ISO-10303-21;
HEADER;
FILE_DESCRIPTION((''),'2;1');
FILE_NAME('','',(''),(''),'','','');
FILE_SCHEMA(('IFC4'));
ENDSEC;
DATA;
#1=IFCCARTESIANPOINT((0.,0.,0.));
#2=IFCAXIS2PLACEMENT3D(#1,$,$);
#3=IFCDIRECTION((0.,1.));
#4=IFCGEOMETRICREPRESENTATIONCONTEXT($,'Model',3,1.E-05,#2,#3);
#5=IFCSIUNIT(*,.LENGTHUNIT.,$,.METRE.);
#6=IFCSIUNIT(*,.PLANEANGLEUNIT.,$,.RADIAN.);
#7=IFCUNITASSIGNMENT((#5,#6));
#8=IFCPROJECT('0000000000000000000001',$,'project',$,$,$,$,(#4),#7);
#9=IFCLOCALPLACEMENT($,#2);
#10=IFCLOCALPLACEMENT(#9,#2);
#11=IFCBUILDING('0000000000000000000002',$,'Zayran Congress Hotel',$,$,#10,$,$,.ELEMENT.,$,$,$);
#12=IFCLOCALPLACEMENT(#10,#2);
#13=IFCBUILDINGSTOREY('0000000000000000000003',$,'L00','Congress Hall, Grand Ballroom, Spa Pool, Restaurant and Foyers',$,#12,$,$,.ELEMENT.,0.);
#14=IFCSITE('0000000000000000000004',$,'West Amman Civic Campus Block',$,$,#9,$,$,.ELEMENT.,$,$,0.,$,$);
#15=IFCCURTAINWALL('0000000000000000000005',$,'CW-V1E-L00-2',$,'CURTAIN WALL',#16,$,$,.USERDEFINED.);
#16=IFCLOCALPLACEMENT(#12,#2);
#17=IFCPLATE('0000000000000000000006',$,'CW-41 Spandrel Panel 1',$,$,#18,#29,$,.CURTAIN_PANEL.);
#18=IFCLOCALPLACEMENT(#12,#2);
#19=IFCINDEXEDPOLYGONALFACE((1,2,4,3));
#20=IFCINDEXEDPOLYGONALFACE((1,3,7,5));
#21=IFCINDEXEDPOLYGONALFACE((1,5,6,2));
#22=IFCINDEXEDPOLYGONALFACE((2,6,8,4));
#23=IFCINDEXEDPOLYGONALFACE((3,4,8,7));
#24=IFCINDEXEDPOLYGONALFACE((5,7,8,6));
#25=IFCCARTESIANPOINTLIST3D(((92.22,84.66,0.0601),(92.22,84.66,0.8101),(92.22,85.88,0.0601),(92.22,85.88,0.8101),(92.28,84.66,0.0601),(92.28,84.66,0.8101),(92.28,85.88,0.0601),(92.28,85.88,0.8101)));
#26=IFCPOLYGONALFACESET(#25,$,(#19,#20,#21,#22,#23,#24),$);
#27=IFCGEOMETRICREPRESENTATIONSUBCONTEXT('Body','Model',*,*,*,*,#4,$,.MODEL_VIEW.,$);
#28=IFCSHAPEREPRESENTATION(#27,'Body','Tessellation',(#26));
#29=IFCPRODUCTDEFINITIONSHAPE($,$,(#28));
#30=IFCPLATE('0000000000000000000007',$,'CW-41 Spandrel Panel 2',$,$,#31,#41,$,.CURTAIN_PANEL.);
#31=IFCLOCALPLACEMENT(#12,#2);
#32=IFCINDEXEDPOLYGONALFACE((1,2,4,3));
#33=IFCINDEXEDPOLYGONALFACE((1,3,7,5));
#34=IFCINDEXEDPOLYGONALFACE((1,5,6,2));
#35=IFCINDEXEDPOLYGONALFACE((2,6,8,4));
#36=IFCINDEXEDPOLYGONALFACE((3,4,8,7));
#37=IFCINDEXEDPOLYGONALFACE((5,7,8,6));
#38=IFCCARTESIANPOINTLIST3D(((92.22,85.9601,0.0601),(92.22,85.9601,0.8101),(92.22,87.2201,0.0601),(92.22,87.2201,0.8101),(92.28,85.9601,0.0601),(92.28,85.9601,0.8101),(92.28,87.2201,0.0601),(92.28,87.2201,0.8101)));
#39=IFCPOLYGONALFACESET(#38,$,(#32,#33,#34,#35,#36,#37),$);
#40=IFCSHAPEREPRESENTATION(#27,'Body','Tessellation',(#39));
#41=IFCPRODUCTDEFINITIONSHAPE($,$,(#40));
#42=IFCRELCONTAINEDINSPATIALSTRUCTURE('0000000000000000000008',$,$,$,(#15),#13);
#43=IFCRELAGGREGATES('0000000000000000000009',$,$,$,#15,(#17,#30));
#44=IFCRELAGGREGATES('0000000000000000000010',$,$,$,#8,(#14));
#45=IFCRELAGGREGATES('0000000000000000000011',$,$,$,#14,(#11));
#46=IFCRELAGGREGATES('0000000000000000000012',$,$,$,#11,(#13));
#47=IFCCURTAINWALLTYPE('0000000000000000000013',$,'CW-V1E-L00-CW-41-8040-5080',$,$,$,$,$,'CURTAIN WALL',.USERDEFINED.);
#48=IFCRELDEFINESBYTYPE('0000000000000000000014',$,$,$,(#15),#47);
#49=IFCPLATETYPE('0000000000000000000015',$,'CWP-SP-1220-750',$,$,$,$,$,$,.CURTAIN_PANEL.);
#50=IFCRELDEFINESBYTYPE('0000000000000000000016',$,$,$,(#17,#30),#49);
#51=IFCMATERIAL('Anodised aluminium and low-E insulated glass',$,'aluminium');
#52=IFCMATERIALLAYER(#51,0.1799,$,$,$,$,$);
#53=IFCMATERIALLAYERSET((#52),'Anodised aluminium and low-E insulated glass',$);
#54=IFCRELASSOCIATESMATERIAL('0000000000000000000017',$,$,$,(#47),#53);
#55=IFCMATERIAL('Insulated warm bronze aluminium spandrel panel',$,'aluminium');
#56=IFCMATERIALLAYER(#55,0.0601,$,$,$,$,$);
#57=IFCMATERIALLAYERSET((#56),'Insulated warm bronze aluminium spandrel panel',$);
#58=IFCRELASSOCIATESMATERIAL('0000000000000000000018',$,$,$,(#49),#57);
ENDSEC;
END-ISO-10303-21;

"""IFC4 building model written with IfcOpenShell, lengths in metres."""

from ifc_helpers import new_model, si_unit, direction, frame, origin, origin_2d, place, context, subcontext, project, spatial, rectangle, extrude, material, layer, layer_set, type_object, element, aggregate, save


model = new_model("IFC4")

# Units and contexts
model_context = context("Model", 3, precision=1e-05, world=origin(), true_north=direction((0.0, 1.0)))
body_context = subcontext(model_context, "Body", "Model", "MODEL_VIEW")
ifc_project = project(units=[si_unit("LENGTHUNIT", "METRE"), si_unit("PLANEANGLEUNIT", "RADIAN")], contexts=[model_context])

# Site, building, storey
site_placement = place(None, origin())
site = spatial("IfcSite", under=ifc_project, at=site_placement, Name="West Amman Civic Campus Block", CompositionType="ELEMENT", RefElevation=0.0)
building_placement = place(site_placement, origin())
building = spatial("IfcBuilding", under=site, at=building_placement, Name="Zayran Congress Hotel", CompositionType="ELEMENT")
storey_placement = place(building_placement, origin())
storey = spatial("IfcBuildingStorey", under=building, at=storey_placement, Name="L00", Description="Congress Hall, Grand Ballroom, Spa Pool, Restaurant and Foyers", CompositionType="ELEMENT", Elevation=0.0)

# Curtain wall
ifc_material_1 = material(Name="Anodised aluminium and low-E insulated glass", Category="aluminium")
ifc_layer_1 = layer(ifc_material_1, 0.1799)
ifc_layer_set_1 = layer_set([ifc_layer_1], Name="Anodised aluminium and low-E insulated glass")
curtain_wall_type_1 = type_object("IfcCurtainWallType", Name="CW-V1E-L00-CW-41-8040-5080", ElementType="CURTAIN WALL", PredefinedType="USERDEFINED", material=ifc_layer_set_1)
curtain_wall_1_placement = place(storey_placement, origin())
curtain_wall_1 = element("IfcCurtainWall", 1, at=curtain_wall_1_placement, inside=storey, type_object=curtain_wall_type_1, Name="CW-V1E-L00-2", ObjectType="CURTAIN WALL", PredefinedType="USERDEFINED")

# Plates
ifc_material_2 = material(Name="Insulated warm bronze aluminium spandrel panel", Category="aluminium")
ifc_layer_2 = layer(ifc_material_2, 0.0601)
ifc_layer_set_2 = layer_set([ifc_layer_2], Name="Insulated warm bronze aluminium spandrel panel")
plate_type_1 = type_object("IfcPlateType", Name="CWP-SP-1220-750", PredefinedType="CURTAIN_PANEL", material=ifc_layer_set_2)
plate_1_placement = place(storey_placement, frame((92.25, 85.27, 0.0601), z_axis=(0.0, 0.0, 1.0), x_axis=(0.0, 1.0, 0.0)))
plate_1 = element("IfcPlate", 2, at=plate_1_placement, type_object=plate_type_1, Name="CW-41 Spandrel Panel 1", PredefinedType="CURTAIN_PANEL", context=body_context, shape_type="SweptSolid", body=[
    extrude(rectangle(XDim=1.22, YDim=0.0601, at=origin_2d()), origin(), (0.0, 0.0, 1.0), 0.75),
])
plate_2_placement = place(storey_placement, frame((92.25, 86.5901, 0.0601), z_axis=(0.0, 0.0, 1.0), x_axis=(0.0, 1.0, 0.0)))
plate_2 = element("IfcPlate", 3, at=plate_2_placement, type_object=plate_type_1, Name="CW-41 Spandrel Panel 2", PredefinedType="CURTAIN_PANEL", context=body_context, shape_type="SweptSolid", body=[
    extrude(rectangle(XDim=1.26, YDim=0.0601, at=origin_2d()), origin(), (0.0, 0.0, 1.0), 0.75),
])
aggregate(curtain_wall_1, [plate_1, plate_2])

save(model, "model.ifc")
